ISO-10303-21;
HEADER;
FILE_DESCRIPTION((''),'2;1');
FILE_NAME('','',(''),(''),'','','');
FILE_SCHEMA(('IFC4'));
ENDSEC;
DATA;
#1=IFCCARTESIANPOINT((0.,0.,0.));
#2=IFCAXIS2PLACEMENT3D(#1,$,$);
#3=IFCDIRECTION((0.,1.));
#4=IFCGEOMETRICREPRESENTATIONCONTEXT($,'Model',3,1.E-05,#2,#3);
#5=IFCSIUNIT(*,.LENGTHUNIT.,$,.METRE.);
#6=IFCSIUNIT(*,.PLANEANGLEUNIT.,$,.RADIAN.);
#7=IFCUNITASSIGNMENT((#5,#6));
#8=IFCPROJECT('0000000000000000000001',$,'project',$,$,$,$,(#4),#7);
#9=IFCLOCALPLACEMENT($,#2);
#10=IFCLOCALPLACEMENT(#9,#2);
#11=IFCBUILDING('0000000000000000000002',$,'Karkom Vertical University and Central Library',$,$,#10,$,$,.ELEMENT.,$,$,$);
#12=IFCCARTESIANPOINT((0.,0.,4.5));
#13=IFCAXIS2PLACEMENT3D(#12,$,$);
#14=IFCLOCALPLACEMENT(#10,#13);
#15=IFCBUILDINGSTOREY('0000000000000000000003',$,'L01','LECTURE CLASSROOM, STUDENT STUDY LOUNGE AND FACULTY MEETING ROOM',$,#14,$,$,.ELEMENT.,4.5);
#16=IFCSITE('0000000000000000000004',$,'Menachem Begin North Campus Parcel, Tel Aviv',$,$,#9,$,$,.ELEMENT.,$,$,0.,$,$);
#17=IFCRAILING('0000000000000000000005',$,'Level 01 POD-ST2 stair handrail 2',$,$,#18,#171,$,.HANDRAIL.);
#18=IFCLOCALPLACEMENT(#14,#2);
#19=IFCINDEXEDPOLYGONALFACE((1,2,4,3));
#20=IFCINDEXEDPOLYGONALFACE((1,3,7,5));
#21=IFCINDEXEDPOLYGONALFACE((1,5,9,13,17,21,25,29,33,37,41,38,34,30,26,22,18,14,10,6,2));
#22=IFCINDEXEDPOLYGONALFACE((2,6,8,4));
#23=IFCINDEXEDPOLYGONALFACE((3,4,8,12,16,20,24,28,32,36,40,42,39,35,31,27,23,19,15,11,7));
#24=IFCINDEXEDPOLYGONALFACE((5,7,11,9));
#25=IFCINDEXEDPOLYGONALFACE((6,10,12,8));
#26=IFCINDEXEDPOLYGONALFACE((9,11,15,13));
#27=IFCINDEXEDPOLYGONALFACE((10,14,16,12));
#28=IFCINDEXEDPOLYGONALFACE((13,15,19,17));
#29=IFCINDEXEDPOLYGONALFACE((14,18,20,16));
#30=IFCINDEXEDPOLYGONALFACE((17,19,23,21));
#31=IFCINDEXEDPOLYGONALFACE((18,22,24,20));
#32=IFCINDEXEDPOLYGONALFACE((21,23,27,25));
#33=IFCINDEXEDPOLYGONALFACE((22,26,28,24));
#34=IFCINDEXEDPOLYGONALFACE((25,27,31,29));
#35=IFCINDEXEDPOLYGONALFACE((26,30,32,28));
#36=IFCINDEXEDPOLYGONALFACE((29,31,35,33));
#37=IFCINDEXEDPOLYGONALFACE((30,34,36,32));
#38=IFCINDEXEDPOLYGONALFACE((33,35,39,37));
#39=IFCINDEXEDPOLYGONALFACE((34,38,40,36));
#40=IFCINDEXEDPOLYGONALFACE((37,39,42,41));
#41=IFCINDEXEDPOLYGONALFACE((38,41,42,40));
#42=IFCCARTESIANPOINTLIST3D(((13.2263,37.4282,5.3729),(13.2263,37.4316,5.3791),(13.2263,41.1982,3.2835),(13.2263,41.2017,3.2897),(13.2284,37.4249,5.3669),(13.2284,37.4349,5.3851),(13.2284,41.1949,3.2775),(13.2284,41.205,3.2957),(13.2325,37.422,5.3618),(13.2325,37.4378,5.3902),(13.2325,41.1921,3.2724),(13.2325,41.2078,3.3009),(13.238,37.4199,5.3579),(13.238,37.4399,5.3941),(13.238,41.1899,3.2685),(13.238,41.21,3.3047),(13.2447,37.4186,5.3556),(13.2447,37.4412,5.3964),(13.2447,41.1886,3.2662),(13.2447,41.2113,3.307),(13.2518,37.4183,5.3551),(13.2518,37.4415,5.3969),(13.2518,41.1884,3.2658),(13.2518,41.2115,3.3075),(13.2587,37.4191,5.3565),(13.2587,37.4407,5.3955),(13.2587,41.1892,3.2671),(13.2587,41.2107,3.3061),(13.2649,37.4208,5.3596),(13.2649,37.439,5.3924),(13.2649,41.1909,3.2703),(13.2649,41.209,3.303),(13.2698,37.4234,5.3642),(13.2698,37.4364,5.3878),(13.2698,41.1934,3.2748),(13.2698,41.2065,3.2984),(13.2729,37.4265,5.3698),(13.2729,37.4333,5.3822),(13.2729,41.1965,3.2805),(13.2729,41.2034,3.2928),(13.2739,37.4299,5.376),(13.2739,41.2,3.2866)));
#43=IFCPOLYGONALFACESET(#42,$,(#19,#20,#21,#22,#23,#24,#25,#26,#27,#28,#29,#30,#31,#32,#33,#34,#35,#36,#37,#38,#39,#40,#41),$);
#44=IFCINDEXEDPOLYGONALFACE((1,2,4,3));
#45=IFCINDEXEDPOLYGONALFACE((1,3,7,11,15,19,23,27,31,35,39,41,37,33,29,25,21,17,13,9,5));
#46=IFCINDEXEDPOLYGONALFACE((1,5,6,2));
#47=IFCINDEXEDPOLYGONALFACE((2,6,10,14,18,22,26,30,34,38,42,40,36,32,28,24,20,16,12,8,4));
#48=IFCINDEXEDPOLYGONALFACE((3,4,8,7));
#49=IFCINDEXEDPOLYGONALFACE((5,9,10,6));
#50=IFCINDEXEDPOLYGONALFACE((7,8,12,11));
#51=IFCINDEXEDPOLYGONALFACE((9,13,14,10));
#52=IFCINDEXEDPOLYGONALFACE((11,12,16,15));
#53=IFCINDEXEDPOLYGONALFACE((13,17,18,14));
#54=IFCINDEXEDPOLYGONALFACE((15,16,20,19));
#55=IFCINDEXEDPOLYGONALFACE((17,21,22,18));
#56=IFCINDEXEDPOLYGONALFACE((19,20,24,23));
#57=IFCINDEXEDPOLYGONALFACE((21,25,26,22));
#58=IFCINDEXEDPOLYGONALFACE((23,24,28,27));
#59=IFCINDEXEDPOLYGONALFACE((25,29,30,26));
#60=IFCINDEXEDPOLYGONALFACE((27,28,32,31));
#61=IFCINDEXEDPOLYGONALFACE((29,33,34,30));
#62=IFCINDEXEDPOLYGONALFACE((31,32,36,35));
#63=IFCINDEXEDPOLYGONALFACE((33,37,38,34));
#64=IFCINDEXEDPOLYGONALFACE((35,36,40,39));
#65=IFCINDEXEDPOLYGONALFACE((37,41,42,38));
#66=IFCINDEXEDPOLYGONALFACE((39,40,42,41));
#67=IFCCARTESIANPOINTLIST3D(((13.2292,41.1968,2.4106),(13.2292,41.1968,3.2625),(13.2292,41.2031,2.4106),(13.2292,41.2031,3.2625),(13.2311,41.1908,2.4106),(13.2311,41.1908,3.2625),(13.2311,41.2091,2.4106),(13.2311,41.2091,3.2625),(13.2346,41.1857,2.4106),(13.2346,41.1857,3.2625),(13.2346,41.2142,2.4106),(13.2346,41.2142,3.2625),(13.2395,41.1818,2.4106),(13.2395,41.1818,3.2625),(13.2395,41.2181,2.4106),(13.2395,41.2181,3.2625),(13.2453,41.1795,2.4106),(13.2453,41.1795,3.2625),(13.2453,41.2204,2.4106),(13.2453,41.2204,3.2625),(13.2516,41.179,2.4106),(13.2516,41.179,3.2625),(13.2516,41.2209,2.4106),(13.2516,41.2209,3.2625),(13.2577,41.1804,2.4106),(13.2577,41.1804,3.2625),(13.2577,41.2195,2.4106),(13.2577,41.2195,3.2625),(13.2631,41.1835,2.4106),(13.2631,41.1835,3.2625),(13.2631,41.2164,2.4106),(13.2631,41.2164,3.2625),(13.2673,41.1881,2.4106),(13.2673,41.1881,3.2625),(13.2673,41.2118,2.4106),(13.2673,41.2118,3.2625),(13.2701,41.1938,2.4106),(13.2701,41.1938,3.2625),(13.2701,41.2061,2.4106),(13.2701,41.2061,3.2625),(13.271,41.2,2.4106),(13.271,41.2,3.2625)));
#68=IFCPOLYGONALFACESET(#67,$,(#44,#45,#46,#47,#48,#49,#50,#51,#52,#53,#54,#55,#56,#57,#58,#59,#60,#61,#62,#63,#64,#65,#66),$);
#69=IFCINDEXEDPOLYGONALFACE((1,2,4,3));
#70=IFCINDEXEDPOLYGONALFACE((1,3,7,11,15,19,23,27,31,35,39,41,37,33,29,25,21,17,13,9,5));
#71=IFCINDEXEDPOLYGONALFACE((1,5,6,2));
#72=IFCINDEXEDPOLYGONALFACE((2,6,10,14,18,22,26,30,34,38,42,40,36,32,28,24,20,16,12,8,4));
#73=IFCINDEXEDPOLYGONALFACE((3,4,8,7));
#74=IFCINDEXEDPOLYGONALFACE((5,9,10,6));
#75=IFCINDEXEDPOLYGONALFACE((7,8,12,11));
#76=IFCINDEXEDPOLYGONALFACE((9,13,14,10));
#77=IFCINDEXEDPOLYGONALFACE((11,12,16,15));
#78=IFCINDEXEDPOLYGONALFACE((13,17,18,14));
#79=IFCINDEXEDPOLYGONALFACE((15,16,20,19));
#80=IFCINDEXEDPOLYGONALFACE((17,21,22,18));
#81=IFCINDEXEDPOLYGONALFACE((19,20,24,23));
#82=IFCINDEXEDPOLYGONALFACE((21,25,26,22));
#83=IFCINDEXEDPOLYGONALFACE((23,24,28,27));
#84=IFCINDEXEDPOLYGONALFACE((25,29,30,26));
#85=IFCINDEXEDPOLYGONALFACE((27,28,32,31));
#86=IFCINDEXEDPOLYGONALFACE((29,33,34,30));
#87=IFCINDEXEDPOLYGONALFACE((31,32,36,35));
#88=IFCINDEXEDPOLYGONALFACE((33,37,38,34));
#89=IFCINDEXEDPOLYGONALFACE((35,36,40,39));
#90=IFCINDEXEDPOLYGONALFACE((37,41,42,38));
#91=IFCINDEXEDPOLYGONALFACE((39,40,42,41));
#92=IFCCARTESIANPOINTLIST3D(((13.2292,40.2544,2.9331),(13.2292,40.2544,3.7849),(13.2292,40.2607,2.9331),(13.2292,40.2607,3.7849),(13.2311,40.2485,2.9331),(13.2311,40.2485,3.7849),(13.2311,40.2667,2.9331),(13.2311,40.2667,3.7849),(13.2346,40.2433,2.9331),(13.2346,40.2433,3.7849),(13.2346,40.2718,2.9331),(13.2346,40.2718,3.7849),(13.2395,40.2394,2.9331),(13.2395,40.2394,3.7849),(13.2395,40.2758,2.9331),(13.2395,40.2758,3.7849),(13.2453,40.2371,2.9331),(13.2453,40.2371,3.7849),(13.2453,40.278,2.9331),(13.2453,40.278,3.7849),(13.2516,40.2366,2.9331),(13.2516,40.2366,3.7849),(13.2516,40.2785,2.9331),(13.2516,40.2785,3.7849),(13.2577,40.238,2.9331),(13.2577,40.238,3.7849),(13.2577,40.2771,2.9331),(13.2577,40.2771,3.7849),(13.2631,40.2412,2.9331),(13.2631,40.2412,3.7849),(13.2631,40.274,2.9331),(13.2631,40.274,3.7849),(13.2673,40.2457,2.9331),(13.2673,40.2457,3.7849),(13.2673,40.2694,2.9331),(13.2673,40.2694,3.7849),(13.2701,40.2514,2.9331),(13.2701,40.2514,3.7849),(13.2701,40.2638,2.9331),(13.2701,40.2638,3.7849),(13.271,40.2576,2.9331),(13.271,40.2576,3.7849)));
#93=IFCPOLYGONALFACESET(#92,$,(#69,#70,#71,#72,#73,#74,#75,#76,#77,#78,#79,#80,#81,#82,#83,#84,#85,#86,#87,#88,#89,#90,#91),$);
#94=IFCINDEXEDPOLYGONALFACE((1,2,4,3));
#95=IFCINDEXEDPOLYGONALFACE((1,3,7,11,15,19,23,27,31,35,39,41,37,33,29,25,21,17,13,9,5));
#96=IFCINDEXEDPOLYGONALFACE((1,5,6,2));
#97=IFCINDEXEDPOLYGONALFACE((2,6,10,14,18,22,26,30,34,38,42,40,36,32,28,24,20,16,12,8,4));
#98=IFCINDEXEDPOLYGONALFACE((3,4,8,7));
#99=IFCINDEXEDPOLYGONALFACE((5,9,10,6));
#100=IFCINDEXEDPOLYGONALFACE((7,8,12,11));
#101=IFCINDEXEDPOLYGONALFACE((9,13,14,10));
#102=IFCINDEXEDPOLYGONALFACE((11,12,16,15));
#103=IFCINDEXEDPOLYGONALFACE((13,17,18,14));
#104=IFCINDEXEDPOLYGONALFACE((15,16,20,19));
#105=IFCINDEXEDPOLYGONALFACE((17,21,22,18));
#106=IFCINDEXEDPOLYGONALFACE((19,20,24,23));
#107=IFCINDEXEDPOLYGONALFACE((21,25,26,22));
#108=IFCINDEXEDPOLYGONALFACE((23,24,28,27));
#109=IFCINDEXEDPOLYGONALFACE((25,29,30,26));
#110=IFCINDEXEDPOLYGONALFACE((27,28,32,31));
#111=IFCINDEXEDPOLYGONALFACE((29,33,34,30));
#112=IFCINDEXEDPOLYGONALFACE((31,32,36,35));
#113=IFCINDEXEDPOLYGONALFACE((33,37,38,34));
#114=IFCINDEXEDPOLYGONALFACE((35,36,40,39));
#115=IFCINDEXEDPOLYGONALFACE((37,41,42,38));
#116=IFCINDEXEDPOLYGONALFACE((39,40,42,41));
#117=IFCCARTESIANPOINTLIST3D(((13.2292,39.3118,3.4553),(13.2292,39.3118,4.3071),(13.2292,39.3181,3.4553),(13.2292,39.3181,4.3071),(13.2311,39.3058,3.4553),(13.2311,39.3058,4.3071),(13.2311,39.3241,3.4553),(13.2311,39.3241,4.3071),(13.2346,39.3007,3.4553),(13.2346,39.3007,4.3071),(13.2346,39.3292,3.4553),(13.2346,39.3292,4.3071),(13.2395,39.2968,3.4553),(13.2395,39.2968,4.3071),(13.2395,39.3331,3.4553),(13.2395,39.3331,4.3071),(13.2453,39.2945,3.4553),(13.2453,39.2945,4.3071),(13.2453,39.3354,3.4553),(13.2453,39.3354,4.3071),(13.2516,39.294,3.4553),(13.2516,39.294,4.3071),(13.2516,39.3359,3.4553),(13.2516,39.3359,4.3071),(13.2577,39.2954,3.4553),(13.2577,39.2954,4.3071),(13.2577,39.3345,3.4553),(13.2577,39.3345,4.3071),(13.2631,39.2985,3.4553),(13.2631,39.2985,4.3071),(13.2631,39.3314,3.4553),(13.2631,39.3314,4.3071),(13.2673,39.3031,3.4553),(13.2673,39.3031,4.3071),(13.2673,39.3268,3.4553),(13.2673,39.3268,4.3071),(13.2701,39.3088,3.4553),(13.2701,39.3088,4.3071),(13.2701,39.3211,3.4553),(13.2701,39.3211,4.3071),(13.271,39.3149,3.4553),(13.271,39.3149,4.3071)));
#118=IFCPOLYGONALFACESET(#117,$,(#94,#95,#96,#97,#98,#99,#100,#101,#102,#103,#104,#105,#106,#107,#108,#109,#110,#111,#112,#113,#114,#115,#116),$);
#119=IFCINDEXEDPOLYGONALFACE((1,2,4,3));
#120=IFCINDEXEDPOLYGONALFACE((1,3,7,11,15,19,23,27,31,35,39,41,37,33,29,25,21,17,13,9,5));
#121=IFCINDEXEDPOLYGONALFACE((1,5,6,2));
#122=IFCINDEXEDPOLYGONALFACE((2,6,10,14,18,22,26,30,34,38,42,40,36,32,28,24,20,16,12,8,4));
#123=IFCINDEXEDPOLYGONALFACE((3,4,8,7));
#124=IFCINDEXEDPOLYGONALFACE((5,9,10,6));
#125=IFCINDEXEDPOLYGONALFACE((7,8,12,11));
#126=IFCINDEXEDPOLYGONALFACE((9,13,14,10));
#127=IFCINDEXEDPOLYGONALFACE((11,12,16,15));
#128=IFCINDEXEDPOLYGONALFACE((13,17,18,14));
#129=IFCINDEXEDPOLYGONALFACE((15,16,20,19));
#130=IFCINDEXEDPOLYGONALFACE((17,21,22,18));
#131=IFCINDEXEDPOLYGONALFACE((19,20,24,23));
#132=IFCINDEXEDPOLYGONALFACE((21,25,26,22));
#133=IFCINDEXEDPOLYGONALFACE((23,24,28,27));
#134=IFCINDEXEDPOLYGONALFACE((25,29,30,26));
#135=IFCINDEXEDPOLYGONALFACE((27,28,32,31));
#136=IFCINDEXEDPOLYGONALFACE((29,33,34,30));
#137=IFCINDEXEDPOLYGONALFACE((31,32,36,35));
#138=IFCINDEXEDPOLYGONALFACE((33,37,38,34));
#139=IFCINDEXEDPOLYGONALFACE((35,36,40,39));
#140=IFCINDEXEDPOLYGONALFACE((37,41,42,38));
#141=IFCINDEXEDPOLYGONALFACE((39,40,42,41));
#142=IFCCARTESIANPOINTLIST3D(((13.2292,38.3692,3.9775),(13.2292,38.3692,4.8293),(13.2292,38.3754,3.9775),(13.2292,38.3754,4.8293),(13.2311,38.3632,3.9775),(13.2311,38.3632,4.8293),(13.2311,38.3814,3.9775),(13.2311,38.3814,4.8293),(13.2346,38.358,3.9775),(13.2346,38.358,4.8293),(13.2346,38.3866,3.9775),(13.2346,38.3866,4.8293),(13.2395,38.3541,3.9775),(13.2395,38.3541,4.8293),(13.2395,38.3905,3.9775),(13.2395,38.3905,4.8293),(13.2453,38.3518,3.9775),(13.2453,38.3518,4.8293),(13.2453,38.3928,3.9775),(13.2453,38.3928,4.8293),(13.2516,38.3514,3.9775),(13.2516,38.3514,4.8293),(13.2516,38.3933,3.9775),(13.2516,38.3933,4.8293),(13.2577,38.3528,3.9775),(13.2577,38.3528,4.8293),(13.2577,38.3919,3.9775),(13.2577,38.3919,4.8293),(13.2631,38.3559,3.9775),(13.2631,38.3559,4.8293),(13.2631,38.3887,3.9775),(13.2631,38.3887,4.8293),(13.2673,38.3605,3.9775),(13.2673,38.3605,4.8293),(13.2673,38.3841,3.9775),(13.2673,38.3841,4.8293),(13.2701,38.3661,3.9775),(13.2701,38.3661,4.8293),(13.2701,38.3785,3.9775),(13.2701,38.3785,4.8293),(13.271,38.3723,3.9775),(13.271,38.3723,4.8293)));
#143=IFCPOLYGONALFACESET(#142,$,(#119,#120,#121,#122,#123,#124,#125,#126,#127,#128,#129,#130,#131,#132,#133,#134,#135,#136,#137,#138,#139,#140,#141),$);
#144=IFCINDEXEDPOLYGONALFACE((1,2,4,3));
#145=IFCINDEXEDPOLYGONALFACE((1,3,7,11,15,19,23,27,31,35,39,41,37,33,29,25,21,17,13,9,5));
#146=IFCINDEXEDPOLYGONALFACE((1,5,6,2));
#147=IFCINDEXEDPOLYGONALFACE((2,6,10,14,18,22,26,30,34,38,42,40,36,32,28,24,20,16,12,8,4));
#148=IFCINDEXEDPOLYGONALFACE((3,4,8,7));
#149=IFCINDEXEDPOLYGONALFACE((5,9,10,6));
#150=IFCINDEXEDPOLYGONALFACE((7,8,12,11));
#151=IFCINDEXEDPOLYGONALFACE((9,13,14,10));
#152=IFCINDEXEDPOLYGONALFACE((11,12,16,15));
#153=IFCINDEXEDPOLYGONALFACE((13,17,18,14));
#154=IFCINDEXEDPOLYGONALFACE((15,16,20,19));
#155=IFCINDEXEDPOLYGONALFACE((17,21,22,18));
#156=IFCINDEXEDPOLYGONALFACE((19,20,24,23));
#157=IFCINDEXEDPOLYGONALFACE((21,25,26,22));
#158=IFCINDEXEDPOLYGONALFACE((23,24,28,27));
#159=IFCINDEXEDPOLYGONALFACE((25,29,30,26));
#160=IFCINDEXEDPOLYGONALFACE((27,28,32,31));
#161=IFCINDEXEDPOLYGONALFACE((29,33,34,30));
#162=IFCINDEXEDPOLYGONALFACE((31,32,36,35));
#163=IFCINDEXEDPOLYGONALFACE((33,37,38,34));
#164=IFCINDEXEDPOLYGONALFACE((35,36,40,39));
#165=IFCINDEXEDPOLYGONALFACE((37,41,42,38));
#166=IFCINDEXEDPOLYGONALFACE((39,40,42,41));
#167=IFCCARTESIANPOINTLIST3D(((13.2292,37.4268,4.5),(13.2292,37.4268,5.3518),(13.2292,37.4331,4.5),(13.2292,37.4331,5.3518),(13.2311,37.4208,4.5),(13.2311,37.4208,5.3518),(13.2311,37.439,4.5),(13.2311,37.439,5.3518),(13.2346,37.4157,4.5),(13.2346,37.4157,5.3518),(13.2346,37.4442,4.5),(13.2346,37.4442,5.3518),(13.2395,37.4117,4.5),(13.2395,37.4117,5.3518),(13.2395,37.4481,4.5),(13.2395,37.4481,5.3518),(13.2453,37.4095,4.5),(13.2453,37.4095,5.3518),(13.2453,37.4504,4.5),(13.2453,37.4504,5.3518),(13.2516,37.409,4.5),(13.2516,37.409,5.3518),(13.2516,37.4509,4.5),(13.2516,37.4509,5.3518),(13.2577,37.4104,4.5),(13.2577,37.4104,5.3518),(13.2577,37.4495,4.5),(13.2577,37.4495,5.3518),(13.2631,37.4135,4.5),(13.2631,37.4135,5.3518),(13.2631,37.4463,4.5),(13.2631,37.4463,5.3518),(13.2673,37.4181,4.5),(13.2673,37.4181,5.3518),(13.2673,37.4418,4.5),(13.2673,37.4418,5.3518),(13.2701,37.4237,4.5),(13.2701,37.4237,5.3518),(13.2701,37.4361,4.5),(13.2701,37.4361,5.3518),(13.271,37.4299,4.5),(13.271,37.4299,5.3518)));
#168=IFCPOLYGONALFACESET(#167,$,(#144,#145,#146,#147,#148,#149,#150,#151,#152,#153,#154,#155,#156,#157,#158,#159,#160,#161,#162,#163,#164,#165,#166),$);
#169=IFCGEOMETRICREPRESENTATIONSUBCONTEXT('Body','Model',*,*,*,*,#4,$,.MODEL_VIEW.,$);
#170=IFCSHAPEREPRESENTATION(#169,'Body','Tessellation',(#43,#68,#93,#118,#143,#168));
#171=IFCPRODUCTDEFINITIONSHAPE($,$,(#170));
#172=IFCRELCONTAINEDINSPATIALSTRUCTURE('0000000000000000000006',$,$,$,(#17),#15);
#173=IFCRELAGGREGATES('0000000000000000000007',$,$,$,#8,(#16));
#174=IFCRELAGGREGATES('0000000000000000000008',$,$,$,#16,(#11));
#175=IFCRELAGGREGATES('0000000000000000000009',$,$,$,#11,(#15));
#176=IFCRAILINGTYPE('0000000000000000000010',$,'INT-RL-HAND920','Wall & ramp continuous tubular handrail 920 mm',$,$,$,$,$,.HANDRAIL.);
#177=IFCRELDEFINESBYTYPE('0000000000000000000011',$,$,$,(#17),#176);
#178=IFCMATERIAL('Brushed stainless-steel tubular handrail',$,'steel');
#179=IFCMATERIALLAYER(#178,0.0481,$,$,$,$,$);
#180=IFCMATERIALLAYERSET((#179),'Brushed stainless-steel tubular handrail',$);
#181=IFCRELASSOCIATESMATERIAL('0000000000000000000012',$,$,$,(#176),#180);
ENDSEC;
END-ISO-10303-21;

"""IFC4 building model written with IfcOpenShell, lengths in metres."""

from ifc_helpers import new_model, si_unit, direction, frame, origin, origin_2d, place, context, subcontext, project, spatial, circle, extrude, material, layer, layer_set, type_object, element, save


model = new_model("IFC4")

# Units and contexts
model_context = context("Model", 3, precision=1e-05, world=origin(), true_north=direction((0.0, 1.0)))
body_context = subcontext(model_context, "Body", "Model", "MODEL_VIEW")
ifc_project = project(units=[si_unit("LENGTHUNIT", "METRE"), si_unit("PLANEANGLEUNIT", "RADIAN")], contexts=[model_context])

# Site, building, storey
site_placement = place(None, origin())
site = spatial("IfcSite", under=ifc_project, at=site_placement, Name="Menachem Begin North Campus Parcel, Tel Aviv", CompositionType="ELEMENT", RefElevation=0.0)
building_placement = place(site_placement, origin())
building = spatial("IfcBuilding", under=site, at=building_placement, Name="Karkom Vertical University and Central Library", CompositionType="ELEMENT")
storey_placement = place(building_placement, frame((0.0, 0.0, 4.5)))
storey = spatial("IfcBuildingStorey", under=building, at=storey_placement, Name="L01", Description="LECTURE CLASSROOM, STUDENT STUDY LOUNGE AND FACULTY MEETING ROOM", CompositionType="ELEMENT", Elevation=4.5)

# Railing
ifc_material_1 = material(Name="Brushed stainless-steel tubular handrail", Category="steel")
ifc_layer_1 = layer(ifc_material_1, 0.0481)
ifc_layer_set_1 = layer_set([ifc_layer_1], Name="Brushed stainless-steel tubular handrail")
railing_type_1 = type_object("IfcRailingType", Name="INT-RL-HAND920", Description="Wall & ramp continuous tubular handrail 920 mm", PredefinedType="HANDRAIL", material=ifc_layer_set_1)
railing_1_placement = place(storey_placement, frame((13.25, 41.2, 2.4106)))
element("IfcRailing", 1, at=railing_1_placement, inside=storey, type_object=railing_type_1, Name="Level 01 POD-ST2 stair handrail 2", PredefinedType="HANDRAIL", context=body_context, shape_type="SweptSolid", body=[
    extrude(circle(Radius=0.0239, at=origin_2d()), frame((0.0, 0.0, 0.876), z_axis=(0.0, -0.874659, 0.484739), x_axis=(1.0, 0.0, 0.0)), (0.0, 0.0, 1.0), 4.3103),
    extrude(circle(Radius=0.021, at=origin_2d()), origin(), (0.0, 0.0, 1.0), 0.8518),
    extrude(circle(Radius=0.021, at=origin_2d()), frame((0.0, -0.9424, 0.5225)), (0.0, 0.0, 1.0), 0.8518),
    extrude(circle(Radius=0.021, at=origin_2d()), frame((0.0, -1.885, 1.0447)), (0.0, 0.0, 1.0), 0.8518),
    extrude(circle(Radius=0.021, at=origin_2d()), frame((0.0, -2.8276, 1.5669)), (0.0, 0.0, 1.0), 0.8518),
    extrude(circle(Radius=0.021, at=origin_2d()), frame((0.0, -3.77, 2.0894)), (0.0, 0.0, 1.0), 0.8518),
])

save(model, "model.ifc")
